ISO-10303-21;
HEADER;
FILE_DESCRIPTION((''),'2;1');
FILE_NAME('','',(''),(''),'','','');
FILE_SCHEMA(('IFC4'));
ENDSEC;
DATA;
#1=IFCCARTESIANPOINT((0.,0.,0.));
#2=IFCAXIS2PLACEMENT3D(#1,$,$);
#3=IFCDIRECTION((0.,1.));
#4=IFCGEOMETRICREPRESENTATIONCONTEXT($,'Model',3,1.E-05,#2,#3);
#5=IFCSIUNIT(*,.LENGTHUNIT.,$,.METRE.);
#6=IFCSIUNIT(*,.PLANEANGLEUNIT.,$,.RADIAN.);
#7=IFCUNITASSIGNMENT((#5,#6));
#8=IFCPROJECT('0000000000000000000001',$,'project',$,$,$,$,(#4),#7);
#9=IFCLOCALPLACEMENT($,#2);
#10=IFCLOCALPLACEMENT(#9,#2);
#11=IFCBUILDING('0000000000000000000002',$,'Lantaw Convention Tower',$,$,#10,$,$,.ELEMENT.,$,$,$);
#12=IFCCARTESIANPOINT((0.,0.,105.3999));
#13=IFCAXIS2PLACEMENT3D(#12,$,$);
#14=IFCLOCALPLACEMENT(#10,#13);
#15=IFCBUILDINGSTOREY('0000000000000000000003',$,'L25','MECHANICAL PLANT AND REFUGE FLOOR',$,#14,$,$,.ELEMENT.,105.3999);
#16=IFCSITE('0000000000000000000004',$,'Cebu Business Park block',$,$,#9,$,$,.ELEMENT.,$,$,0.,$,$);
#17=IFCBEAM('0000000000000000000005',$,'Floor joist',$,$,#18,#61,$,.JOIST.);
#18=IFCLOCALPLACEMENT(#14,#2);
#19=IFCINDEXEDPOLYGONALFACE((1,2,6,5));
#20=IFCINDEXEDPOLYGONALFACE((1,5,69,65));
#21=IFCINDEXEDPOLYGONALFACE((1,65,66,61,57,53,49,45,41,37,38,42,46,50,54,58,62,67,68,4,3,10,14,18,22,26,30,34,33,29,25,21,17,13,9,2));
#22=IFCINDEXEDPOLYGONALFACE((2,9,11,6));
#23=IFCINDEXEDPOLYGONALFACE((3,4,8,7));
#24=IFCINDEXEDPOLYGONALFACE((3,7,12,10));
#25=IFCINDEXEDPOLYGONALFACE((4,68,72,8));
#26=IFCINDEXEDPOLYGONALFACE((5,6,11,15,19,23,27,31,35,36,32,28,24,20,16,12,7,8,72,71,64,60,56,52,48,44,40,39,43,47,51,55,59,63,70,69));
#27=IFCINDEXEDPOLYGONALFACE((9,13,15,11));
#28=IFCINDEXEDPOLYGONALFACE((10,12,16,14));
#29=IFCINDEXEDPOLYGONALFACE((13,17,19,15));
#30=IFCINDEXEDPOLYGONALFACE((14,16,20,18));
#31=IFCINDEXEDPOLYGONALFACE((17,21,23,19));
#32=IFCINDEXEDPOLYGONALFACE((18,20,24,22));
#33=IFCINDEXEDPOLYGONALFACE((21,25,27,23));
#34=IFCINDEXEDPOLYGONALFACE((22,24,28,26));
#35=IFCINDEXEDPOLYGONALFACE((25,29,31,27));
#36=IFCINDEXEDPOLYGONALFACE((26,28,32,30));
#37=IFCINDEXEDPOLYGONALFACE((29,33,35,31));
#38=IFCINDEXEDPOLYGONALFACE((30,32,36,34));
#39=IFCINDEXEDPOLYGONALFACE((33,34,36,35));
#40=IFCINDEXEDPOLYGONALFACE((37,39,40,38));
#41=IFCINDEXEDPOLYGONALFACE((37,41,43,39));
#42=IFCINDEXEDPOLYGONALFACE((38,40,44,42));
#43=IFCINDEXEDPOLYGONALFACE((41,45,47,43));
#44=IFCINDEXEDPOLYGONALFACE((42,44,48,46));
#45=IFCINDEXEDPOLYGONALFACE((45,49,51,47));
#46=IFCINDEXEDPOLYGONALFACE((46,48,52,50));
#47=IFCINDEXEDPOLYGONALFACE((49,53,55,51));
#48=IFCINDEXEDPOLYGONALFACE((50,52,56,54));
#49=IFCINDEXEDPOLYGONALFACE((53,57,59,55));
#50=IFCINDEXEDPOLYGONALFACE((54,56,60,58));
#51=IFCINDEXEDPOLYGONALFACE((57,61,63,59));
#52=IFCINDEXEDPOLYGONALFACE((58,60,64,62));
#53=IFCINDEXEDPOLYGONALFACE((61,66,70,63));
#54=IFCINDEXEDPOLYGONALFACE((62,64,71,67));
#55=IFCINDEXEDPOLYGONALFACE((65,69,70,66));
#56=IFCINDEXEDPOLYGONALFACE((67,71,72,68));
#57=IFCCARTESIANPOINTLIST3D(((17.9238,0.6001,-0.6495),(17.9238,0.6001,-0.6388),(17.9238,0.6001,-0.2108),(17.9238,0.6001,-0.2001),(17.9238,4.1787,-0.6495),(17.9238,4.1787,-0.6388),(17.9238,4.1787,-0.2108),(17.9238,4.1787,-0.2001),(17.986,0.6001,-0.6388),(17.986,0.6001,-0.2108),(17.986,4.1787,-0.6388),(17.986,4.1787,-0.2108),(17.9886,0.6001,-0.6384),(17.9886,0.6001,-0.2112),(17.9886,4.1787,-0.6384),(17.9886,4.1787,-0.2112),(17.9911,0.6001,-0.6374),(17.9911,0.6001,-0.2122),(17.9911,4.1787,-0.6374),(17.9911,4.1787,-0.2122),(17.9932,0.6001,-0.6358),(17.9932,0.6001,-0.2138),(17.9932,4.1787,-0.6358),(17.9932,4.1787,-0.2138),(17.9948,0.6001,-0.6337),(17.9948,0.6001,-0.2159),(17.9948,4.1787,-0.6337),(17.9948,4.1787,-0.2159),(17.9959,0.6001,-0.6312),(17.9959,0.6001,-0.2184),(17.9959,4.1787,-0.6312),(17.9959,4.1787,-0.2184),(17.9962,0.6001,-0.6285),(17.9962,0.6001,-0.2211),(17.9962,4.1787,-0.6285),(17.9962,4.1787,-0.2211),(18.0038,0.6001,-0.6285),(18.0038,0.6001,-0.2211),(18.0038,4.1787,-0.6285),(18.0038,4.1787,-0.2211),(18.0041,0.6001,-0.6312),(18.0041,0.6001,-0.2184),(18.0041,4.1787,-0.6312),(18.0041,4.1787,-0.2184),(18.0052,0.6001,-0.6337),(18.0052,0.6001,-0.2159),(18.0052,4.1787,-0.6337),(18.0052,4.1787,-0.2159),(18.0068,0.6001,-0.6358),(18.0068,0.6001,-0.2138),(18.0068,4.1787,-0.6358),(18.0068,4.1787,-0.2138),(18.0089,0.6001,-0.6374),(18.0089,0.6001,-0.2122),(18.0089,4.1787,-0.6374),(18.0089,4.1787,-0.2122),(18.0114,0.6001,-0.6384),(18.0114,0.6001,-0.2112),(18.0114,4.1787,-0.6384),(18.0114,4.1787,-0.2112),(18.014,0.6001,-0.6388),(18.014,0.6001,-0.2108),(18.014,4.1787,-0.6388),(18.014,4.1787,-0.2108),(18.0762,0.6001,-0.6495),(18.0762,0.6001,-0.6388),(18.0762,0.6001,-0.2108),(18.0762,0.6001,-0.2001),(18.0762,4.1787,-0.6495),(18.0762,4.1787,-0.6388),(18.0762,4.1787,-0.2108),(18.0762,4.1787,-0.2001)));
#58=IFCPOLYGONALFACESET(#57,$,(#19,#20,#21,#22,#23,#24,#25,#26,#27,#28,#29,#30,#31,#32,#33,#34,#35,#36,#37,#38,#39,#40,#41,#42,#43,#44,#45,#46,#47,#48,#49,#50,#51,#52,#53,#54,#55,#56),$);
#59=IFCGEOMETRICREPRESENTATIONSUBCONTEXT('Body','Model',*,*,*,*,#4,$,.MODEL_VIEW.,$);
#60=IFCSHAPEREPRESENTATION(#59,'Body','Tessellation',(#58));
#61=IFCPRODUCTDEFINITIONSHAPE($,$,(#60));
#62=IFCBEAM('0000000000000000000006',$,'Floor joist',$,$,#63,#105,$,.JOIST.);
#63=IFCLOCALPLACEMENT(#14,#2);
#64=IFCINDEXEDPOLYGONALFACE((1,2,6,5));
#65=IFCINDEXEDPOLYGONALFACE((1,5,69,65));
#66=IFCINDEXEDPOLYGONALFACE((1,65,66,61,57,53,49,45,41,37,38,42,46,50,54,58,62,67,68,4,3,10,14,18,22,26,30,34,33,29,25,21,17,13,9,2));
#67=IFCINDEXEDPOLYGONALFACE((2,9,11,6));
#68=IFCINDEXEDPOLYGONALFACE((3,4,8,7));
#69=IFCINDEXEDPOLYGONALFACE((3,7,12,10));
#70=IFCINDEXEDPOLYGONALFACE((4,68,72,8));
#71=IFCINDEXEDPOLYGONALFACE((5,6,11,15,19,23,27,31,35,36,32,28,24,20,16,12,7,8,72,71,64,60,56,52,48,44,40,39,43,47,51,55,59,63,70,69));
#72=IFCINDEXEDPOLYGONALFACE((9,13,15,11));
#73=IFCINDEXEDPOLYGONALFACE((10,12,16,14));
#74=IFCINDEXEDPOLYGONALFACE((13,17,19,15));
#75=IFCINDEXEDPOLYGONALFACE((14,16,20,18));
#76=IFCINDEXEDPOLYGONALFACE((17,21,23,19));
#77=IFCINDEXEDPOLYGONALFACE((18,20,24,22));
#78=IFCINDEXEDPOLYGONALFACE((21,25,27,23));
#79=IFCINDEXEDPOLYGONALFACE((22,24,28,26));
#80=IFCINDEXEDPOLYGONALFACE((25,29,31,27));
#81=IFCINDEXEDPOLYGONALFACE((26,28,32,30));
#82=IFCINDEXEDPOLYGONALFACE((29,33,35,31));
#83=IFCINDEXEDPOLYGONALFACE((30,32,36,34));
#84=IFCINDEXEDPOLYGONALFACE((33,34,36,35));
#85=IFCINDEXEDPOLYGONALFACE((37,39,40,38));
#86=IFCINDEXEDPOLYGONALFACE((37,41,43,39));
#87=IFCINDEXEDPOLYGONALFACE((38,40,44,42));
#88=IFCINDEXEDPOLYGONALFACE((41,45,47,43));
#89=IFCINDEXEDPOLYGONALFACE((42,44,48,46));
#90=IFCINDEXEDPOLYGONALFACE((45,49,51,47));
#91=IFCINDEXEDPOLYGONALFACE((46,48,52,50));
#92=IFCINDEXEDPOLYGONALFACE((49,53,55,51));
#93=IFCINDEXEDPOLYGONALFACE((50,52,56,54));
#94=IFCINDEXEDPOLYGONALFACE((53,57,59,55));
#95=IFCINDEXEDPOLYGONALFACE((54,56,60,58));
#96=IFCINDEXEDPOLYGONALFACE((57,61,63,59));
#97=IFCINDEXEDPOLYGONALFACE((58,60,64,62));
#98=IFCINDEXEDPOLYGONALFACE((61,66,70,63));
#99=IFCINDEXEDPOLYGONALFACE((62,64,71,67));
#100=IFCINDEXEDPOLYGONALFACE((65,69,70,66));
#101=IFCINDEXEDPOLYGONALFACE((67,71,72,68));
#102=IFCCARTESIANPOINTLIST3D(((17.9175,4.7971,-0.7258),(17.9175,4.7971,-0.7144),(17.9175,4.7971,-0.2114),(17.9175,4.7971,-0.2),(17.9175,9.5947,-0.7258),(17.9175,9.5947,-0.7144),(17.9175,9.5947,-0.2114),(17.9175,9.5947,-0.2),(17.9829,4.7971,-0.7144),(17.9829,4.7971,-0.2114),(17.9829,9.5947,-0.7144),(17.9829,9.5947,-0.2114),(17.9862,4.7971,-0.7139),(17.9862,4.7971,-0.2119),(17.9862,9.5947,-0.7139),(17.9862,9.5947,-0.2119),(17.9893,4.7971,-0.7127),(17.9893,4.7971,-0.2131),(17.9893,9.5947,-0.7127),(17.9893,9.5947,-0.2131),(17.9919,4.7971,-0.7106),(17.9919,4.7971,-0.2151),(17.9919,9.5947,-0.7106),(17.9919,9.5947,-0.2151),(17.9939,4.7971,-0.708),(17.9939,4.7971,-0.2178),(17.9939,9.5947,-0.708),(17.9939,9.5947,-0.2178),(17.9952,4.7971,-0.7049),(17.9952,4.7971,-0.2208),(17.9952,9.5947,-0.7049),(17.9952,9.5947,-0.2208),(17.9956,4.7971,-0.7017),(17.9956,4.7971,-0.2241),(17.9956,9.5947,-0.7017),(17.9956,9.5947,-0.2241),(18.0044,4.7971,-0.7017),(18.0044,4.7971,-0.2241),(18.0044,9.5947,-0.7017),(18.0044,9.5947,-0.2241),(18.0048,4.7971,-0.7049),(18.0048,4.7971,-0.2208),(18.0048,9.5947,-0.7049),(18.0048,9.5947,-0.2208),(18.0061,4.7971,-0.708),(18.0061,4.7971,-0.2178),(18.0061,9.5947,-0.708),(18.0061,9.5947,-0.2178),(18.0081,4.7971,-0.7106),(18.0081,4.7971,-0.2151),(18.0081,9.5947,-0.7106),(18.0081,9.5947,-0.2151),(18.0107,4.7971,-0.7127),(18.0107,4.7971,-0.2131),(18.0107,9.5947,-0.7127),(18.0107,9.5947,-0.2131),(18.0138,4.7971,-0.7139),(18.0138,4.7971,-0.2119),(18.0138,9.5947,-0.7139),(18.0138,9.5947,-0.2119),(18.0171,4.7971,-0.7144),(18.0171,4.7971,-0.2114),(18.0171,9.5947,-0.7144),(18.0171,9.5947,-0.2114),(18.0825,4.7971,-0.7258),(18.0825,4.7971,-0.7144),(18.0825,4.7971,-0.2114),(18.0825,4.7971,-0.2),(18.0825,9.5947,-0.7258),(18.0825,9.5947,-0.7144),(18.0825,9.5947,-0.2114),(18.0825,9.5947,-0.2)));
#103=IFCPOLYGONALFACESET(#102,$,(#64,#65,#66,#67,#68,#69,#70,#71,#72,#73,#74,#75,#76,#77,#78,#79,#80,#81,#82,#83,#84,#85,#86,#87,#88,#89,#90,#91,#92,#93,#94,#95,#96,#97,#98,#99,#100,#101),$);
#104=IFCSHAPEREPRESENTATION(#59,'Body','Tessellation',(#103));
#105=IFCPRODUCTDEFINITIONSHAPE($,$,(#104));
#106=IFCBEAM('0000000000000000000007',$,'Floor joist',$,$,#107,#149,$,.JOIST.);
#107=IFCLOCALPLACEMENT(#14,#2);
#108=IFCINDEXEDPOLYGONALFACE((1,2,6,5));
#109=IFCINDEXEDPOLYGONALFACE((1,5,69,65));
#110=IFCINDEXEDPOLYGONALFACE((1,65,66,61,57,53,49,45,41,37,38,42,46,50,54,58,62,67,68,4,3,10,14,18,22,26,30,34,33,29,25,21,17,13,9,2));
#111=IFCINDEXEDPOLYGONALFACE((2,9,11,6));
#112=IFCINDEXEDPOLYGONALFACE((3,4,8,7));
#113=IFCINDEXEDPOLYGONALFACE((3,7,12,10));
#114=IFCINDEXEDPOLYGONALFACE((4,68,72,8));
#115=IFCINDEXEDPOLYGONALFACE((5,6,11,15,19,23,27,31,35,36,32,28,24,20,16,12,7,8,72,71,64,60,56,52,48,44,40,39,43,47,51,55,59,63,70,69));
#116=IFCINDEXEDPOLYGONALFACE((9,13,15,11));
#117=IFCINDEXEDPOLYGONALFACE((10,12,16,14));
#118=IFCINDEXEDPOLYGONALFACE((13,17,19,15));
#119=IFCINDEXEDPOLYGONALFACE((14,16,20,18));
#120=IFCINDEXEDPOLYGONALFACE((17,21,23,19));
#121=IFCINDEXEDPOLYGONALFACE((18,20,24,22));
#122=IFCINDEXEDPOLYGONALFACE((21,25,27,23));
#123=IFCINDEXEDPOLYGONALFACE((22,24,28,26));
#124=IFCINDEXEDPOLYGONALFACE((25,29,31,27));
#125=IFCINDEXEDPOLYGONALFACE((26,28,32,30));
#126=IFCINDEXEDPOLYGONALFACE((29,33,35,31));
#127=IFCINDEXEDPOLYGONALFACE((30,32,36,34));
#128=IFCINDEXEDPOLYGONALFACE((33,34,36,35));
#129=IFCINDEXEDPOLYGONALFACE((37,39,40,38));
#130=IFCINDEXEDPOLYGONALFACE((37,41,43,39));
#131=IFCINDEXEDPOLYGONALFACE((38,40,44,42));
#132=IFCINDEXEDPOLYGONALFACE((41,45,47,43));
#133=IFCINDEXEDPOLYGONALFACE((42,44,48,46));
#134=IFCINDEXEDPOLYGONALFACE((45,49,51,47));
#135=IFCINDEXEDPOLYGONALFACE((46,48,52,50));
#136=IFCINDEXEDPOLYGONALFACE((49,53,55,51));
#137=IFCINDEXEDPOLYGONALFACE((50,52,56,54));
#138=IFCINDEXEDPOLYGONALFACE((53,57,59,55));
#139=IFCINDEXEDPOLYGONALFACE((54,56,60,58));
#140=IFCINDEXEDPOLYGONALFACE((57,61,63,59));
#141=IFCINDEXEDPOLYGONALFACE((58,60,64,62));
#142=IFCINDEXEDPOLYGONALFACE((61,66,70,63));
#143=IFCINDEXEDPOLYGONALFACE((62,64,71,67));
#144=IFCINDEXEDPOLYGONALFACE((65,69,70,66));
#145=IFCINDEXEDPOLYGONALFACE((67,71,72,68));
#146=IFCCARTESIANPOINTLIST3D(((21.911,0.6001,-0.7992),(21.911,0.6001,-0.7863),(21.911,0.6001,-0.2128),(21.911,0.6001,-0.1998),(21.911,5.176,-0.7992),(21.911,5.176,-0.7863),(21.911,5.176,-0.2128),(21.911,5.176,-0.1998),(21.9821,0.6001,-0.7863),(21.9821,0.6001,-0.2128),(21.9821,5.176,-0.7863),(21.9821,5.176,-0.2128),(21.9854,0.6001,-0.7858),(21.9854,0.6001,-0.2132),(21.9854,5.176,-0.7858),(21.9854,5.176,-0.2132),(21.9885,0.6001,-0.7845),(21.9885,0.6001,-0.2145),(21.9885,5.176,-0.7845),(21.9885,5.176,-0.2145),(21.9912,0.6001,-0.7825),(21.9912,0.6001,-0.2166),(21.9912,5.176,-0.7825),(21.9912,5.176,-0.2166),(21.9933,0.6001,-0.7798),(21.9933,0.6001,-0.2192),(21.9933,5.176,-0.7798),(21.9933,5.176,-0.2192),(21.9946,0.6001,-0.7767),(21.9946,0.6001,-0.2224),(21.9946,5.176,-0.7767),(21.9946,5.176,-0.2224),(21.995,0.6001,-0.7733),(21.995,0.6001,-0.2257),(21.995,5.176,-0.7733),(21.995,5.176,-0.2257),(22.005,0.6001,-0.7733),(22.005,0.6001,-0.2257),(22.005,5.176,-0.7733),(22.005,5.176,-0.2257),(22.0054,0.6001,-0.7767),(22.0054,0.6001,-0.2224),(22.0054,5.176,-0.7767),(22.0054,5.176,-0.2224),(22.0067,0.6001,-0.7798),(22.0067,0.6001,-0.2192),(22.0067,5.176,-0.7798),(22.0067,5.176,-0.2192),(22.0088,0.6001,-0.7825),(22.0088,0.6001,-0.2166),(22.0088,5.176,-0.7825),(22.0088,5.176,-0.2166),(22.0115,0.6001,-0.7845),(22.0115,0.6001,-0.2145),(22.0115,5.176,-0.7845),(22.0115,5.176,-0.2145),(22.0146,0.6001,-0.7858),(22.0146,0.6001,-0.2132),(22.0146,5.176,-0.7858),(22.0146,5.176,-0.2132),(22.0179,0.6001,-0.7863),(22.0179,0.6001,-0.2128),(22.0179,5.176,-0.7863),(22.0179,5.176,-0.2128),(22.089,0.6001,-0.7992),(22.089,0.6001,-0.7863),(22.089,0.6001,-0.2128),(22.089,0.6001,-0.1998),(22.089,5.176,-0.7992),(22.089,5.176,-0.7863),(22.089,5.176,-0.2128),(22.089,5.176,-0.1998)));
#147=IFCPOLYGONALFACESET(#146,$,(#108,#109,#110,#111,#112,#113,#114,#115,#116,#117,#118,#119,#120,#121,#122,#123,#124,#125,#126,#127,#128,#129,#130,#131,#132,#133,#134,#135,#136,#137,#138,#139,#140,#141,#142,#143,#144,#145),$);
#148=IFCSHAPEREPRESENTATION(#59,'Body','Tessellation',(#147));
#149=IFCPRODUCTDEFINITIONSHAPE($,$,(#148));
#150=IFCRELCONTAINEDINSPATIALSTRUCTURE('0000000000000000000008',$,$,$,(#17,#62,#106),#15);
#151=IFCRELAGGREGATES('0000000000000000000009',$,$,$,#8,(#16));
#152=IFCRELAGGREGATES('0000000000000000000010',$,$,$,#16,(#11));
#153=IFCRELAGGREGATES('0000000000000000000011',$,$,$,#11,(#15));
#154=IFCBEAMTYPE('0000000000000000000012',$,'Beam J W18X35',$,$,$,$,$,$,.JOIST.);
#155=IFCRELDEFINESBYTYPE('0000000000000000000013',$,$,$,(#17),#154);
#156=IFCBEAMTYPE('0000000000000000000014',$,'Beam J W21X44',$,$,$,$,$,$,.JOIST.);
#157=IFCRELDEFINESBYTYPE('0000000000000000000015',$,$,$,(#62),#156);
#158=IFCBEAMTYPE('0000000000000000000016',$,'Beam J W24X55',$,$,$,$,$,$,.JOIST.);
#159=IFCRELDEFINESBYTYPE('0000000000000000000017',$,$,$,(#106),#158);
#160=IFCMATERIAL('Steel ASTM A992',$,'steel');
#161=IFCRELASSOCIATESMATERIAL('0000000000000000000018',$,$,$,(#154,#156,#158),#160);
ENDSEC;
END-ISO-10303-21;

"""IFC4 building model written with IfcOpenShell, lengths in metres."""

from ifc_helpers import new_model, si_unit, direction, frame, origin, origin_2d, place, context, subcontext, project, spatial, i_section, extrude, material, material_profile, profile_set, type_object, element, save


model = new_model("IFC4")

# Units and contexts
model_context = context("Model", 3, precision=1e-05, world=origin(), true_north=direction((0.0, 1.0)))
body_context = subcontext(model_context, "Body", "Model", "MODEL_VIEW")
ifc_project = project(units=[si_unit("LENGTHUNIT", "METRE"), si_unit("PLANEANGLEUNIT", "RADIAN")], contexts=[model_context])

# Site, building, storey
site_placement = place(None, origin())
site = spatial("IfcSite", under=ifc_project, at=site_placement, Name="Cebu Business Park block", CompositionType="ELEMENT", RefElevation=0.0)
building_placement = place(site_placement, origin())
building = spatial("IfcBuilding", under=site, at=building_placement, Name="Lantaw Convention Tower", CompositionType="ELEMENT")
storey_placement = place(building_placement, frame((0.0, 0.0, 105.3999)))
storey = spatial("IfcBuildingStorey", under=building, at=storey_placement, Name="L25", Description="MECHANICAL PLANT AND REFUGE FLOOR", CompositionType="ELEMENT", Elevation=105.3999)

# Beams
ifc_material_1 = material(Name="Steel ASTM A992", Category="steel")
ifc_material_profile_1 = material_profile(ifc_material_1, i_section(OverallWidth=0.1523, OverallDepth=0.4495, WebThickness=0.0076, FlangeThickness=0.0107, FilletRadius=0.0103, at=origin_2d()), Name="W18X35")
ifc_profile_set_1 = profile_set([ifc_material_profile_1], Name="Steel ASTM A992")
beam_type_1 = type_object("IfcBeamType", Name="Beam J W18X35", PredefinedType="JOIST", material=ifc_profile_set_1)
beam_1_placement = place(storey_placement, frame((18.0, 0.6001, -0.4248), z_axis=(0.0, 1.0, 0.0), x_axis=(-1.0, 0.0, 0.0)))
element("IfcBeam", 1, at=beam_1_placement, inside=storey, type_object=beam_type_1, Name="Floor joist", PredefinedType="JOIST", context=body_context, shape_type="SweptSolid", body=[
    extrude(i_section(OverallWidth=0.1523, OverallDepth=0.4495, WebThickness=0.0076, FlangeThickness=0.0107, FilletRadius=0.0103, at=origin_2d()), origin(), (0.0, 0.0, 1.0), 3.5786),
])
ifc_material_profile_2 = material_profile(ifc_material_1, i_section(OverallWidth=0.165, OverallDepth=0.5259, WebThickness=0.0088, FlangeThickness=0.0115, FilletRadius=0.0127, at=origin_2d()), Name="W21X44")
ifc_profile_set_2 = profile_set([ifc_material_profile_2], Name="Steel ASTM A992")
beam_type_2 = type_object("IfcBeamType", Name="Beam J W21X44", PredefinedType="JOIST", material=ifc_profile_set_2)
beam_2_placement = place(storey_placement, frame((18.0, 4.7971, -0.4629), z_axis=(0.0, 1.0, 0.0), x_axis=(-1.0, 0.0, 0.0)))
element("IfcBeam", 2, at=beam_2_placement, inside=storey, type_object=beam_type_2, Name="Floor joist", PredefinedType="JOIST", context=body_context, shape_type="SweptSolid", body=[
    extrude(i_section(OverallWidth=0.165, OverallDepth=0.5259, WebThickness=0.0088, FlangeThickness=0.0115, FilletRadius=0.0127, at=origin_2d()), origin(), (0.0, 0.0, 1.0), 4.7976),
])
ifc_material_profile_3 = material_profile(ifc_material_1, i_section(OverallWidth=0.178, OverallDepth=0.5994, WebThickness=0.01, FlangeThickness=0.0129, FilletRadius=0.0129, at=origin_2d()), Name="W24X55")
ifc_profile_set_3 = profile_set([ifc_material_profile_3], Name="Steel ASTM A992")
beam_type_3 = type_object("IfcBeamType", Name="Beam J W24X55", PredefinedType="JOIST", material=ifc_profile_set_3)
beam_3_placement = place(storey_placement, frame((22.0, 0.6001, -0.4995), z_axis=(0.0, 1.0, 0.0), x_axis=(-1.0, 0.0, 0.0)))
element("IfcBeam", 3, at=beam_3_placement, inside=storey, type_object=beam_type_3, Name="Floor joist", PredefinedType="JOIST", context=body_context, shape_type="SweptSolid", body=[
    extrude(i_section(OverallWidth=0.178, OverallDepth=0.5994, WebThickness=0.01, FlangeThickness=0.0129, FilletRadius=0.0129, at=origin_2d()), origin(), (0.0, 0.0, 1.0), 4.5759),
])

save(model, "model.ifc")
